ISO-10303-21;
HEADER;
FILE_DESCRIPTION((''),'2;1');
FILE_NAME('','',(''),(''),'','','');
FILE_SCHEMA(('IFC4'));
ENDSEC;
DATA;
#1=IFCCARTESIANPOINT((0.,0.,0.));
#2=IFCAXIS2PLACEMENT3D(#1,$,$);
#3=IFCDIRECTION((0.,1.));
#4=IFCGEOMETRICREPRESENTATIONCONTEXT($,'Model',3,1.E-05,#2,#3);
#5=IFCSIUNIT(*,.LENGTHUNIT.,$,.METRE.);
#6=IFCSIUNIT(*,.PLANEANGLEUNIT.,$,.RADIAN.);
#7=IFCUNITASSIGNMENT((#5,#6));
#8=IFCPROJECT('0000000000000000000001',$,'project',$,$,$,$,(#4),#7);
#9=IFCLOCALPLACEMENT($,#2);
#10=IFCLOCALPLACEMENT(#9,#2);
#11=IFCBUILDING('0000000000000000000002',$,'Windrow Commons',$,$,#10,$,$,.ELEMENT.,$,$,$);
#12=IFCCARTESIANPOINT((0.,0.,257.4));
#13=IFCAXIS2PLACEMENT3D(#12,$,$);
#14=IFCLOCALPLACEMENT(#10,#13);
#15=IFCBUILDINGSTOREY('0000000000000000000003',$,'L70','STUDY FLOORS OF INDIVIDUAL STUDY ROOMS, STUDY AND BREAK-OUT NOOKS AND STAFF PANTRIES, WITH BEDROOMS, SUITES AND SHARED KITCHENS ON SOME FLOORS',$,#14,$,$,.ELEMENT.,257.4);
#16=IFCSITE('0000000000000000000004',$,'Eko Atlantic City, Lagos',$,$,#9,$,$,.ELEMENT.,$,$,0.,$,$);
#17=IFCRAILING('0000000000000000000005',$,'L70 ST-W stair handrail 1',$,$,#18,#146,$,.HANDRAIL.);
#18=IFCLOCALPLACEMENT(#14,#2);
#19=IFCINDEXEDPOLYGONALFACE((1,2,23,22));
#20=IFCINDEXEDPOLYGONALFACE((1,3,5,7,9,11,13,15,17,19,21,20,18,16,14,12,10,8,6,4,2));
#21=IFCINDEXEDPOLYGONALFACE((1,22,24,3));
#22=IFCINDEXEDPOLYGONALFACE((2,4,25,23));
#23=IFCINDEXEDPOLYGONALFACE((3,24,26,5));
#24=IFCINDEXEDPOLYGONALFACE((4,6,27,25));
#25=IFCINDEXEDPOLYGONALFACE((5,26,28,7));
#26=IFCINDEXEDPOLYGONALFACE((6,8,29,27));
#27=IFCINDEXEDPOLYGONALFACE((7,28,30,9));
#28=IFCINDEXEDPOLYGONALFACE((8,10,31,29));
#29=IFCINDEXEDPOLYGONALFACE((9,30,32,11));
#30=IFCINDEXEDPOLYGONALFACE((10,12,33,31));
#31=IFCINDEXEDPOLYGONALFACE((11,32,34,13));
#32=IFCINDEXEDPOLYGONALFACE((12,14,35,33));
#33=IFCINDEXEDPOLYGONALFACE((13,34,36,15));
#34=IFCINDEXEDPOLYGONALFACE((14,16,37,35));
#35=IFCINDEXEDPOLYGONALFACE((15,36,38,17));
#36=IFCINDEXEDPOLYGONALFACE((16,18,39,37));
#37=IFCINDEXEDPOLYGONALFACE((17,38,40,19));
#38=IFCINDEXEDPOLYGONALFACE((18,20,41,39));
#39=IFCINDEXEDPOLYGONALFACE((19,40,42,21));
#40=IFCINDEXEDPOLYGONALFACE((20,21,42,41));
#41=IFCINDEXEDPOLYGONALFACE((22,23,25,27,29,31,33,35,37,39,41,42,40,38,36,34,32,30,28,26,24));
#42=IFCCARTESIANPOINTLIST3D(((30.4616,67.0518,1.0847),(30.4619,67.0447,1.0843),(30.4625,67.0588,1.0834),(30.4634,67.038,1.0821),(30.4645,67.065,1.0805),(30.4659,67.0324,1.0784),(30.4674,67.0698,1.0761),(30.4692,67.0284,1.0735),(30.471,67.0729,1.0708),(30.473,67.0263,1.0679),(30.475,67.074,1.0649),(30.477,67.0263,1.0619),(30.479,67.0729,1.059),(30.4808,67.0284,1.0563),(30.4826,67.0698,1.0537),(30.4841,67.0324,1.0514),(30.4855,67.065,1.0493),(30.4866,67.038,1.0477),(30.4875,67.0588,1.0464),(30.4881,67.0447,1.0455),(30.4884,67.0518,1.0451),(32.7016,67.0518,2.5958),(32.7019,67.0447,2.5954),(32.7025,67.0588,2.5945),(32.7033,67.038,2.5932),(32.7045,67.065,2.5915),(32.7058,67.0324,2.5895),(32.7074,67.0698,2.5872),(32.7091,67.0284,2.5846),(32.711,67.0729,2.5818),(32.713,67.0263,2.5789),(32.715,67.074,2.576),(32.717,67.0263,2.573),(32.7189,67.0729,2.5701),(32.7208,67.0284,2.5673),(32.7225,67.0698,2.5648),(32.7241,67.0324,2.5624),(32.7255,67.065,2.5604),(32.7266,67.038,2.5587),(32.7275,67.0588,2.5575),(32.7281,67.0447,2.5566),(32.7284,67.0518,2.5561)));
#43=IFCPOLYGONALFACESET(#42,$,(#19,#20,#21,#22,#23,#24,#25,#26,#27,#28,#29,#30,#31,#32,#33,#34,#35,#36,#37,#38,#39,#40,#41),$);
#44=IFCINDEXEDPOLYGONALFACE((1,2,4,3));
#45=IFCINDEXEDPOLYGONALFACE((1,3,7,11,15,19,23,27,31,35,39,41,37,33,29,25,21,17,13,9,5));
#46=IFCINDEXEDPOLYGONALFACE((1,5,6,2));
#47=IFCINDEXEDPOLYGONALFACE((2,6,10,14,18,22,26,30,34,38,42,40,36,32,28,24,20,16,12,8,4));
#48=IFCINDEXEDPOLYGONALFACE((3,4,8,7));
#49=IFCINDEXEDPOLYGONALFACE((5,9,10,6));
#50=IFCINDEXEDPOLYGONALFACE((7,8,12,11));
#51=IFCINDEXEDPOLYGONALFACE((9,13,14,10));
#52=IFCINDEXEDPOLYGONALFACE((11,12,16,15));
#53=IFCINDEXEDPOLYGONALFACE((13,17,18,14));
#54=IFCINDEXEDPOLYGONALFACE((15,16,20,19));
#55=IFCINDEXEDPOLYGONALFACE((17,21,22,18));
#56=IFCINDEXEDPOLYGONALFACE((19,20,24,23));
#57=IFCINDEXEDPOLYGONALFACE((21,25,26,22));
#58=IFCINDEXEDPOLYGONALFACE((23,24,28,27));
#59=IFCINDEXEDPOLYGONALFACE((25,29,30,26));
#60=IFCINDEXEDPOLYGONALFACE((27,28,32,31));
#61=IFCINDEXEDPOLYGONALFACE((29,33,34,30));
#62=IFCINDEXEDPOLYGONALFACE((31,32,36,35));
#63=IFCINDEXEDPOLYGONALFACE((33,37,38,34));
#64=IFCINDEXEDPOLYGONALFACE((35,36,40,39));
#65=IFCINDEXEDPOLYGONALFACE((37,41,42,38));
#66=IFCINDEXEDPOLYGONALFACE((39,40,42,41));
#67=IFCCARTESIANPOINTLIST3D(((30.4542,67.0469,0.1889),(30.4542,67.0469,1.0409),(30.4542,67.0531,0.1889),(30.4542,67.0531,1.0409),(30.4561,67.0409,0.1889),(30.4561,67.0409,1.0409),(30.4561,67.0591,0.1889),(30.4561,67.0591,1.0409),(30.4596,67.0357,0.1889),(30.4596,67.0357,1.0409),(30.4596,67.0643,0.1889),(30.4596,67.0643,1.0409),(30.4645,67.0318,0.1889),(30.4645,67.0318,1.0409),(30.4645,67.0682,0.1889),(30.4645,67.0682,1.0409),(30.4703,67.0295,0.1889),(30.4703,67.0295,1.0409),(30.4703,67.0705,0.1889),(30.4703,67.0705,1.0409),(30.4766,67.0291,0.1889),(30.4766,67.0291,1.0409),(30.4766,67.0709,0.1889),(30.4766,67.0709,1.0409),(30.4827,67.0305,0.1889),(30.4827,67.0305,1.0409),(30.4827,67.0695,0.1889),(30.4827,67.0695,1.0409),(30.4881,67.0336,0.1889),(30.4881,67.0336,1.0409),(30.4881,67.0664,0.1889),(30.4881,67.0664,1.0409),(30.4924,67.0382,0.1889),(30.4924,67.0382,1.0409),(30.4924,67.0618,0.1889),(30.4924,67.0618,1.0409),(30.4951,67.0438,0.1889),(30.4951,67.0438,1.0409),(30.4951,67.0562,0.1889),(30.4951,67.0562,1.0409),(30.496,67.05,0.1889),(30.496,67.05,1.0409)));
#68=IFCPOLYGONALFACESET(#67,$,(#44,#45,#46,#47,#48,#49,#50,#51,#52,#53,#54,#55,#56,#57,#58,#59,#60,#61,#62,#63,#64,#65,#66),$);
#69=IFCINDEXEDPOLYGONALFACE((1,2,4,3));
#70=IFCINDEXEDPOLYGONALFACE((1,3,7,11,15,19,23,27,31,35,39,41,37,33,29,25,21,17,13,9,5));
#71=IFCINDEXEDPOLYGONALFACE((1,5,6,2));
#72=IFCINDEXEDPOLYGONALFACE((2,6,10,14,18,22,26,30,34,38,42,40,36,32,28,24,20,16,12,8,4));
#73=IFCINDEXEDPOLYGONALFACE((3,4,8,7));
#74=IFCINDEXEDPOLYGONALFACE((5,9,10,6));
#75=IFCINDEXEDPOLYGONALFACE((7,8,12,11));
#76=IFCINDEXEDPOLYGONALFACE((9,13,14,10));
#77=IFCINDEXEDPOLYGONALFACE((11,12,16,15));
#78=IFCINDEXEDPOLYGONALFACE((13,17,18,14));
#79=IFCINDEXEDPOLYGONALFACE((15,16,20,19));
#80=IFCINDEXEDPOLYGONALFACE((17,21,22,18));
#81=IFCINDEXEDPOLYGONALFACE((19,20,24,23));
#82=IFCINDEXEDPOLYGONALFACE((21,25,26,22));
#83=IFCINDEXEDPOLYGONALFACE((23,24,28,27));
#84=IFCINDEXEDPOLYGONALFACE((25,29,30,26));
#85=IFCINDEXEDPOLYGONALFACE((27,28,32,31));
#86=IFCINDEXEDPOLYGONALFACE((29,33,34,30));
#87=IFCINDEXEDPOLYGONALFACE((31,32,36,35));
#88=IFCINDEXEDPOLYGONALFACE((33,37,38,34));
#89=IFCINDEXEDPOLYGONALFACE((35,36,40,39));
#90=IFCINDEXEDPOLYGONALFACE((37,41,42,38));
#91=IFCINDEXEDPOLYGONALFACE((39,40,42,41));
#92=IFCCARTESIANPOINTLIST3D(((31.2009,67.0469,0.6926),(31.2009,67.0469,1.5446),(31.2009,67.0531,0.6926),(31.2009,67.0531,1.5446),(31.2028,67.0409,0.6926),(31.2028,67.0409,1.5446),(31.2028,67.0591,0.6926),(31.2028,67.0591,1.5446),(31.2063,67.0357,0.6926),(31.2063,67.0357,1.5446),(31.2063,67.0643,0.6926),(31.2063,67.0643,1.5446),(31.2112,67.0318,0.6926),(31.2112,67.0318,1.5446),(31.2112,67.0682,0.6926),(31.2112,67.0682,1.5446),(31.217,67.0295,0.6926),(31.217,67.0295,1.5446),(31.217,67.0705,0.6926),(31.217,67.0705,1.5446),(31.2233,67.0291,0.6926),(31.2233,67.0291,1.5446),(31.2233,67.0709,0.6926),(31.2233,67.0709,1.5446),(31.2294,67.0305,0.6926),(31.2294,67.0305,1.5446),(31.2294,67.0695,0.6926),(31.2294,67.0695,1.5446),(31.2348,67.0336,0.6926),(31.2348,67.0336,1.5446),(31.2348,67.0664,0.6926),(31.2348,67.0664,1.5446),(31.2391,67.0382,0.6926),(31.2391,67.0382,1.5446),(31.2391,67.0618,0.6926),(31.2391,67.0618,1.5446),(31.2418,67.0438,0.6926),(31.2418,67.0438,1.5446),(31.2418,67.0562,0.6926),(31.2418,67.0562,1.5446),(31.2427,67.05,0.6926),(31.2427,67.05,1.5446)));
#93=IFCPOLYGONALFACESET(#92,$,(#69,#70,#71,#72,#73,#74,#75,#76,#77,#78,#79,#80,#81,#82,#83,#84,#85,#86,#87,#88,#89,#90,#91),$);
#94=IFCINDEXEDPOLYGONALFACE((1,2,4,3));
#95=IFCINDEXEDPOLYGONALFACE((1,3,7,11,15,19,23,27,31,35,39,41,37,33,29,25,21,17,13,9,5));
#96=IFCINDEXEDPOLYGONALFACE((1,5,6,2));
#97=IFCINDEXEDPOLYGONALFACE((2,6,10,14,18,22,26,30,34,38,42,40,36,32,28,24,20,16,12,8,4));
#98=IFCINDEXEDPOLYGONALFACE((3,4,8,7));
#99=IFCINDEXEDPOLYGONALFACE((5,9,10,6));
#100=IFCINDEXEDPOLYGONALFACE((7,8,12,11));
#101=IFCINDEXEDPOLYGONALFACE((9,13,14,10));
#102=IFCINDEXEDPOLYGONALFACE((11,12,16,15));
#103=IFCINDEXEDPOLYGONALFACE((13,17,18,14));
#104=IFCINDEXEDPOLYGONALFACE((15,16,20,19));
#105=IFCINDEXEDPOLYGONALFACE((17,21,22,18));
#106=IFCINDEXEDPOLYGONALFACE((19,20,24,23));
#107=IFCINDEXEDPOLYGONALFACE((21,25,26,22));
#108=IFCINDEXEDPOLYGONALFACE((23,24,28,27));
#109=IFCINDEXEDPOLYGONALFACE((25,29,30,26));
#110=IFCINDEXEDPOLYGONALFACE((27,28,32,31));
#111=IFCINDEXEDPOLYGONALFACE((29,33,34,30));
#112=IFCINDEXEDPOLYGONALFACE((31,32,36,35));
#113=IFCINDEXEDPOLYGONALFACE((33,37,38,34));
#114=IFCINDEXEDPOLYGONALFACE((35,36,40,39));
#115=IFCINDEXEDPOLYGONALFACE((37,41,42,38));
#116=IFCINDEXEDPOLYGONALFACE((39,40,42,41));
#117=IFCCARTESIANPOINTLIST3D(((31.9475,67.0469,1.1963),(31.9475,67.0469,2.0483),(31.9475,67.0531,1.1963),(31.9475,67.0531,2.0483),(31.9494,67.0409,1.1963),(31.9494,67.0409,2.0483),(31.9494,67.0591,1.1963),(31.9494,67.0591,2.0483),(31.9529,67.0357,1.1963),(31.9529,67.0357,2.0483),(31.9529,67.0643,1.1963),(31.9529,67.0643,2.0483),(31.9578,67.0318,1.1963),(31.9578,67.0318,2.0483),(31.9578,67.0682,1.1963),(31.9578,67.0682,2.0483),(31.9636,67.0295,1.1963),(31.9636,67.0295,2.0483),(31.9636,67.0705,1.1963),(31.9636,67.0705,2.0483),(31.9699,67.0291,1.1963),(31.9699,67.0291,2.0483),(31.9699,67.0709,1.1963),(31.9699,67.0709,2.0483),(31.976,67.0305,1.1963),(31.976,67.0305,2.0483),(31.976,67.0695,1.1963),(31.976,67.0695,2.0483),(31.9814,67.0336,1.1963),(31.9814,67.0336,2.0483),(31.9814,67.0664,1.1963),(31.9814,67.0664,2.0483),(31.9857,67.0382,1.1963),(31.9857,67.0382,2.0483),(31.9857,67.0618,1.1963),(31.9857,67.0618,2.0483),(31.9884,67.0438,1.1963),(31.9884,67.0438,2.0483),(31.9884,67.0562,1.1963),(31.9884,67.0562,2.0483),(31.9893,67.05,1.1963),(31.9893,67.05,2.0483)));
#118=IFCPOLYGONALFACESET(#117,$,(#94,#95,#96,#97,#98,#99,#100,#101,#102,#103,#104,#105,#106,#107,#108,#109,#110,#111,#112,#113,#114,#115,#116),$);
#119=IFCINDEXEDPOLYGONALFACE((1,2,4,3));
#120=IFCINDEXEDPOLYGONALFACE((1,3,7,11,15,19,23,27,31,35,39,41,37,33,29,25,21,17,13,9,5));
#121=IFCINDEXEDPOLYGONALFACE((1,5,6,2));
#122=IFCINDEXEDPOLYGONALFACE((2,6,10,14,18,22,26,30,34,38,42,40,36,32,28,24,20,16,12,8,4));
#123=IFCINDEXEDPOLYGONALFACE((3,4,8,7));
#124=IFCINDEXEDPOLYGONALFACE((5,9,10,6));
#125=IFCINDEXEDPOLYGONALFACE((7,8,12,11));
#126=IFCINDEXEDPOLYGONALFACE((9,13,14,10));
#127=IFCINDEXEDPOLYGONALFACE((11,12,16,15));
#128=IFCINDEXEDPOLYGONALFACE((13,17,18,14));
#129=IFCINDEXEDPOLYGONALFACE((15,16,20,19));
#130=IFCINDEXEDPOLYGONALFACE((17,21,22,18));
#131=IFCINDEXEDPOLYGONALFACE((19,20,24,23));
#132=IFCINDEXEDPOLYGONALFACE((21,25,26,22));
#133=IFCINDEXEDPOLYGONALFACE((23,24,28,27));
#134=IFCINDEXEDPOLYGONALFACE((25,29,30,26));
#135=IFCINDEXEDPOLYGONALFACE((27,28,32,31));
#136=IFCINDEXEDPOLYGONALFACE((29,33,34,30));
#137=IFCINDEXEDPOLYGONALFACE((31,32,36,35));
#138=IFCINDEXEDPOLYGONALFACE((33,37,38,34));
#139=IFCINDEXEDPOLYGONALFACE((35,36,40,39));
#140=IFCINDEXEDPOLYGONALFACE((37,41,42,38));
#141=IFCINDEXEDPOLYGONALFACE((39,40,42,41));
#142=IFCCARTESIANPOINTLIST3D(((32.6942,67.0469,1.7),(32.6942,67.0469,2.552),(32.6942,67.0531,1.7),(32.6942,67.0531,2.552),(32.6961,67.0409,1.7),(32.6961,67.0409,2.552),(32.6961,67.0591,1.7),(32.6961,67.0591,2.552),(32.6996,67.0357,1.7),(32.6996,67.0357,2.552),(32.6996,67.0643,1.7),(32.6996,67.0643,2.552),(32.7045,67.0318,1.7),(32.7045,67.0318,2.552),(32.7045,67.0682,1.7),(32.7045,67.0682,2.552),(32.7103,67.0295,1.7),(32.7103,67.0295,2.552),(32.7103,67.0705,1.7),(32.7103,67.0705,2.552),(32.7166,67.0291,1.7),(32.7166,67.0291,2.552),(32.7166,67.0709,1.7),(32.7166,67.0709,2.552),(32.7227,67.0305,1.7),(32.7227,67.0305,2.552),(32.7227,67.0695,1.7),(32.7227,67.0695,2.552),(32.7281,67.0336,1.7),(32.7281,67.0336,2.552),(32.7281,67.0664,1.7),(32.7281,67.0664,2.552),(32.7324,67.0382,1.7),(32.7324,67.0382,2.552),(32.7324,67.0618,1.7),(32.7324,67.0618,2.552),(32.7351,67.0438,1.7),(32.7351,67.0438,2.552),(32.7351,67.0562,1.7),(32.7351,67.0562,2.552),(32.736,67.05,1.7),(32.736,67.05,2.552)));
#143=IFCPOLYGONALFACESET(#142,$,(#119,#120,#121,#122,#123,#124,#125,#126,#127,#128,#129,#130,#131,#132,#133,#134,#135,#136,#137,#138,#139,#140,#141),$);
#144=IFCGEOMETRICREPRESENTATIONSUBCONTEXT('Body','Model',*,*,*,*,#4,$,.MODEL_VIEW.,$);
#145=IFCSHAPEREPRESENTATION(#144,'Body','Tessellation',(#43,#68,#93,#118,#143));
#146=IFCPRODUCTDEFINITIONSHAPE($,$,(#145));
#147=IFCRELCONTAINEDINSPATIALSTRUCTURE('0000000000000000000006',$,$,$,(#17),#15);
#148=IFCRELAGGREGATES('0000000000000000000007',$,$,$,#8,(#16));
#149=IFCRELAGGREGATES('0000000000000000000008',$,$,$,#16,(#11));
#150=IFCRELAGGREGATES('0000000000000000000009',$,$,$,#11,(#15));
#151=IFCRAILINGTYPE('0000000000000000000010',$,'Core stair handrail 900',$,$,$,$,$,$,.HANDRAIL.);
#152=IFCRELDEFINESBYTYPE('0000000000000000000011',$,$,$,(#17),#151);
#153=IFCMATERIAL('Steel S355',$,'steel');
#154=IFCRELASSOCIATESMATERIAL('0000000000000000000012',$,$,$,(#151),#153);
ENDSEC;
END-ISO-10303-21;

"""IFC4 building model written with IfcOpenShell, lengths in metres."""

from ifc_helpers import new_model, si_unit, direction, frame, origin, origin_2d, place, context, subcontext, project, spatial, circle, extrude, material, type_object, element, save


model = new_model("IFC4")

# Units and contexts
model_context = context("Model", 3, precision=1e-05, world=origin(), true_north=direction((0.0, 1.0)))
body_context = subcontext(model_context, "Body", "Model", "MODEL_VIEW")
ifc_project = project(units=[si_unit("LENGTHUNIT", "METRE"), si_unit("PLANEANGLEUNIT", "RADIAN")], contexts=[model_context])

# Site, building, storey
site_placement = place(None, origin())
site = spatial("IfcSite", under=ifc_project, at=site_placement, Name="Eko Atlantic City, Lagos", CompositionType="ELEMENT", RefElevation=0.0)
building_placement = place(site_placement, origin())
building = spatial("IfcBuilding", under=site, at=building_placement, Name="Windrow Commons", CompositionType="ELEMENT")
storey_placement = place(building_placement, frame((0.0, 0.0, 257.4)))
storey = spatial("IfcBuildingStorey", under=building, at=storey_placement, Name="L70", Description="STUDY FLOORS OF INDIVIDUAL STUDY ROOMS, STUDY AND BREAK-OUT NOOKS AND STAFF PANTRIES, WITH BEDROOMS, SUITES AND SHARED KITCHENS ON SOME FLOORS", CompositionType="ELEMENT", Elevation=257.4)

# Railing
ifc_material_1 = material(Name="Steel S355", Category="steel")
railing_type_1 = type_object("IfcRailingType", Name="Core stair handrail 900", PredefinedType="HANDRAIL", material=ifc_material_1)
railing_1_placement = place(storey_placement, frame((30.475, 67.05, 0.1889)))
element("IfcRailing", 1, at=railing_1_placement, inside=storey, type_object=railing_type_1, Name="L70 ST-W stair handrail 1", PredefinedType="HANDRAIL", context=body_context, shape_type="SweptSolid", body=[
    extrude(circle(Radius=0.024, at=origin_2d()), frame((0.0, 0.0, 0.876), z_axis=(0.829003, 0.0, 0.559244), x_axis=(0.0, 1.0, 0.0)), (0.0, 0.0, 1.0), 2.702),
    extrude(circle(Radius=0.021, at=origin_2d()), origin(), (0.0, 0.0, 1.0), 0.852),
    extrude(circle(Radius=0.021, at=origin_2d()), frame((0.7467, 0.0, 0.5037)), (0.0, 0.0, 1.0), 0.852),
    extrude(circle(Radius=0.021, at=origin_2d()), frame((1.4933, 0.0, 1.0074)), (0.0, 0.0, 1.0), 0.852),
    extrude(circle(Radius=0.021, at=origin_2d()), frame((2.24, 0.0, 1.5111)), (0.0, 0.0, 1.0), 0.852),
])

save(model, "model.ifc")
